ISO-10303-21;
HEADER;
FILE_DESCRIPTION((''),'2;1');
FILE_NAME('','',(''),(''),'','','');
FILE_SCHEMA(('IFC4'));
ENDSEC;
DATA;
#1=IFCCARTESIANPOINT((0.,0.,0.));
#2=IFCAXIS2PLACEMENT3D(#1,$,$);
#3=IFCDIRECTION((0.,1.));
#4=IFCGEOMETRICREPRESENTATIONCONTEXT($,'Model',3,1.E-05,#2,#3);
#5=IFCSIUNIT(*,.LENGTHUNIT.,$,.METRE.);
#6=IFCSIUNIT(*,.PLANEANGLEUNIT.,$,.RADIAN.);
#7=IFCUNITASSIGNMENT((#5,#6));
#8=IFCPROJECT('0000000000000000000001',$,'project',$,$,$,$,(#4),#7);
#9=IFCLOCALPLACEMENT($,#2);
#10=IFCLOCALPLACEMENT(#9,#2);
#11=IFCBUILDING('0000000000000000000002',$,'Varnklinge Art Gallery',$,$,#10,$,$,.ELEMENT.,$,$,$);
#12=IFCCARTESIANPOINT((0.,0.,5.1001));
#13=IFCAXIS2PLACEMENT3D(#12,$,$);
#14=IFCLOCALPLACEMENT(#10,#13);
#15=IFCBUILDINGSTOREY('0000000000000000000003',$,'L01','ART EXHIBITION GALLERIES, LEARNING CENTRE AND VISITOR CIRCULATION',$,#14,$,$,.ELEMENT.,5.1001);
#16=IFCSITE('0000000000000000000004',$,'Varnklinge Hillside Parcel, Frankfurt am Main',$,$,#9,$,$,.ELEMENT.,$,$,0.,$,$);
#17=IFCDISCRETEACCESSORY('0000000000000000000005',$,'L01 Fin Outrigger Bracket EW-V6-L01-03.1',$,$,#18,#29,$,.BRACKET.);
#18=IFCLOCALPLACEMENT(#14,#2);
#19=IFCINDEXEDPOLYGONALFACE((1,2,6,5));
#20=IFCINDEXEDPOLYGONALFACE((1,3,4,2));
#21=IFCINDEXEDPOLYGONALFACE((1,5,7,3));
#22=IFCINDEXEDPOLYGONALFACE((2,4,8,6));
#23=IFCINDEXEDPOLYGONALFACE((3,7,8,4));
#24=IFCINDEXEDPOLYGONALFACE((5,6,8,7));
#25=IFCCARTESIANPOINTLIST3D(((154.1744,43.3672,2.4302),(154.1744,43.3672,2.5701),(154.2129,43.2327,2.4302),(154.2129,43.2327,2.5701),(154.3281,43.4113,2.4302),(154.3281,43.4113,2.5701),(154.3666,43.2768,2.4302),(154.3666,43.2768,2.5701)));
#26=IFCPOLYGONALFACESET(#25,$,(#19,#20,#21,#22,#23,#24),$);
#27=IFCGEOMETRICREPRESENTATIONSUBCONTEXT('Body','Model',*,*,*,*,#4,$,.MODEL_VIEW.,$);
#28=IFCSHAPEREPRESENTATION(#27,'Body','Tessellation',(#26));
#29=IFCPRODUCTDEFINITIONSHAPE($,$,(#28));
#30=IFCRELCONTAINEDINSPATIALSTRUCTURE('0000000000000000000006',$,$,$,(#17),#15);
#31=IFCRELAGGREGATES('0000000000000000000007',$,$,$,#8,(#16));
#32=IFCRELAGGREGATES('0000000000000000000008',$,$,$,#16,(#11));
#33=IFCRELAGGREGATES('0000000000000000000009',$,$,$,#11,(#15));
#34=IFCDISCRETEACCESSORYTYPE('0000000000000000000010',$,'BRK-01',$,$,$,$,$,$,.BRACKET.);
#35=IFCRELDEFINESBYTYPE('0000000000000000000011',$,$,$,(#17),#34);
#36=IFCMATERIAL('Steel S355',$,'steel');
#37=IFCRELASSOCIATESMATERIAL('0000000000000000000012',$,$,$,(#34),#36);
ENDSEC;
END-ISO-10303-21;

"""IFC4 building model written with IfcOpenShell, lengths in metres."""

from ifc_helpers import new_model, si_unit, direction, frame, origin, origin_2d, place, context, subcontext, project, spatial, rectangle, extrude, material, type_object, element, save


model = new_model("IFC4")

# Units and contexts
model_context = context("Model", 3, precision=1e-05, world=origin(), true_north=direction((0.0, 1.0)))
body_context = subcontext(model_context, "Body", "Model", "MODEL_VIEW")
ifc_project = project(units=[si_unit("LENGTHUNIT", "METRE"), si_unit("PLANEANGLEUNIT", "RADIAN")], contexts=[model_context])

# Site, building, storey
site_placement = place(None, origin())
site = spatial("IfcSite", under=ifc_project, at=site_placement, Name="Varnklinge Hillside Parcel, Frankfurt am Main", CompositionType="ELEMENT", RefElevation=0.0)
building_placement = place(site_placement, origin())
building = spatial("IfcBuilding", under=site, at=building_placement, Name="Varnklinge Art Gallery", CompositionType="ELEMENT")
storey_placement = place(building_placement, frame((0.0, 0.0, 5.1001)))
storey = spatial("IfcBuildingStorey", under=building, at=storey_placement, Name="L01", Description="ART EXHIBITION GALLERIES, LEARNING CENTRE AND VISITOR CIRCULATION", CompositionType="ELEMENT", Elevation=5.1001)

# Discrete accessory
ifc_material_1 = material(Name="Steel S355", Category="steel")
discrete_accessory_type = type_object("IfcDiscreteAccessoryType", Name="BRK-01", PredefinedType="BRACKET", material=ifc_material_1)
for number, where, z_axis, x_axis, name in (
    (1, (154.2705, 43.322, 2.4302), (0.0, 0.0, 1.0), (0.275637, -0.961262, 0.0), "L01 Fin Outrigger Bracket EW-V6-L01-03.1"),
):
    element("IfcDiscreteAccessory", number, at=place(storey_placement, frame(where, z_axis=z_axis, x_axis=x_axis)), inside=storey, type_object=discrete_accessory_type, Name=name, PredefinedType="BRACKET", context=body_context, shape_type="SweptSolid", body=[
        extrude(rectangle(XDim=0.1399, YDim=0.1599, at=origin_2d()), origin(), (0.0, 0.0, 1.0), 0.1399),
    ])

save(model, "model.ifc")
